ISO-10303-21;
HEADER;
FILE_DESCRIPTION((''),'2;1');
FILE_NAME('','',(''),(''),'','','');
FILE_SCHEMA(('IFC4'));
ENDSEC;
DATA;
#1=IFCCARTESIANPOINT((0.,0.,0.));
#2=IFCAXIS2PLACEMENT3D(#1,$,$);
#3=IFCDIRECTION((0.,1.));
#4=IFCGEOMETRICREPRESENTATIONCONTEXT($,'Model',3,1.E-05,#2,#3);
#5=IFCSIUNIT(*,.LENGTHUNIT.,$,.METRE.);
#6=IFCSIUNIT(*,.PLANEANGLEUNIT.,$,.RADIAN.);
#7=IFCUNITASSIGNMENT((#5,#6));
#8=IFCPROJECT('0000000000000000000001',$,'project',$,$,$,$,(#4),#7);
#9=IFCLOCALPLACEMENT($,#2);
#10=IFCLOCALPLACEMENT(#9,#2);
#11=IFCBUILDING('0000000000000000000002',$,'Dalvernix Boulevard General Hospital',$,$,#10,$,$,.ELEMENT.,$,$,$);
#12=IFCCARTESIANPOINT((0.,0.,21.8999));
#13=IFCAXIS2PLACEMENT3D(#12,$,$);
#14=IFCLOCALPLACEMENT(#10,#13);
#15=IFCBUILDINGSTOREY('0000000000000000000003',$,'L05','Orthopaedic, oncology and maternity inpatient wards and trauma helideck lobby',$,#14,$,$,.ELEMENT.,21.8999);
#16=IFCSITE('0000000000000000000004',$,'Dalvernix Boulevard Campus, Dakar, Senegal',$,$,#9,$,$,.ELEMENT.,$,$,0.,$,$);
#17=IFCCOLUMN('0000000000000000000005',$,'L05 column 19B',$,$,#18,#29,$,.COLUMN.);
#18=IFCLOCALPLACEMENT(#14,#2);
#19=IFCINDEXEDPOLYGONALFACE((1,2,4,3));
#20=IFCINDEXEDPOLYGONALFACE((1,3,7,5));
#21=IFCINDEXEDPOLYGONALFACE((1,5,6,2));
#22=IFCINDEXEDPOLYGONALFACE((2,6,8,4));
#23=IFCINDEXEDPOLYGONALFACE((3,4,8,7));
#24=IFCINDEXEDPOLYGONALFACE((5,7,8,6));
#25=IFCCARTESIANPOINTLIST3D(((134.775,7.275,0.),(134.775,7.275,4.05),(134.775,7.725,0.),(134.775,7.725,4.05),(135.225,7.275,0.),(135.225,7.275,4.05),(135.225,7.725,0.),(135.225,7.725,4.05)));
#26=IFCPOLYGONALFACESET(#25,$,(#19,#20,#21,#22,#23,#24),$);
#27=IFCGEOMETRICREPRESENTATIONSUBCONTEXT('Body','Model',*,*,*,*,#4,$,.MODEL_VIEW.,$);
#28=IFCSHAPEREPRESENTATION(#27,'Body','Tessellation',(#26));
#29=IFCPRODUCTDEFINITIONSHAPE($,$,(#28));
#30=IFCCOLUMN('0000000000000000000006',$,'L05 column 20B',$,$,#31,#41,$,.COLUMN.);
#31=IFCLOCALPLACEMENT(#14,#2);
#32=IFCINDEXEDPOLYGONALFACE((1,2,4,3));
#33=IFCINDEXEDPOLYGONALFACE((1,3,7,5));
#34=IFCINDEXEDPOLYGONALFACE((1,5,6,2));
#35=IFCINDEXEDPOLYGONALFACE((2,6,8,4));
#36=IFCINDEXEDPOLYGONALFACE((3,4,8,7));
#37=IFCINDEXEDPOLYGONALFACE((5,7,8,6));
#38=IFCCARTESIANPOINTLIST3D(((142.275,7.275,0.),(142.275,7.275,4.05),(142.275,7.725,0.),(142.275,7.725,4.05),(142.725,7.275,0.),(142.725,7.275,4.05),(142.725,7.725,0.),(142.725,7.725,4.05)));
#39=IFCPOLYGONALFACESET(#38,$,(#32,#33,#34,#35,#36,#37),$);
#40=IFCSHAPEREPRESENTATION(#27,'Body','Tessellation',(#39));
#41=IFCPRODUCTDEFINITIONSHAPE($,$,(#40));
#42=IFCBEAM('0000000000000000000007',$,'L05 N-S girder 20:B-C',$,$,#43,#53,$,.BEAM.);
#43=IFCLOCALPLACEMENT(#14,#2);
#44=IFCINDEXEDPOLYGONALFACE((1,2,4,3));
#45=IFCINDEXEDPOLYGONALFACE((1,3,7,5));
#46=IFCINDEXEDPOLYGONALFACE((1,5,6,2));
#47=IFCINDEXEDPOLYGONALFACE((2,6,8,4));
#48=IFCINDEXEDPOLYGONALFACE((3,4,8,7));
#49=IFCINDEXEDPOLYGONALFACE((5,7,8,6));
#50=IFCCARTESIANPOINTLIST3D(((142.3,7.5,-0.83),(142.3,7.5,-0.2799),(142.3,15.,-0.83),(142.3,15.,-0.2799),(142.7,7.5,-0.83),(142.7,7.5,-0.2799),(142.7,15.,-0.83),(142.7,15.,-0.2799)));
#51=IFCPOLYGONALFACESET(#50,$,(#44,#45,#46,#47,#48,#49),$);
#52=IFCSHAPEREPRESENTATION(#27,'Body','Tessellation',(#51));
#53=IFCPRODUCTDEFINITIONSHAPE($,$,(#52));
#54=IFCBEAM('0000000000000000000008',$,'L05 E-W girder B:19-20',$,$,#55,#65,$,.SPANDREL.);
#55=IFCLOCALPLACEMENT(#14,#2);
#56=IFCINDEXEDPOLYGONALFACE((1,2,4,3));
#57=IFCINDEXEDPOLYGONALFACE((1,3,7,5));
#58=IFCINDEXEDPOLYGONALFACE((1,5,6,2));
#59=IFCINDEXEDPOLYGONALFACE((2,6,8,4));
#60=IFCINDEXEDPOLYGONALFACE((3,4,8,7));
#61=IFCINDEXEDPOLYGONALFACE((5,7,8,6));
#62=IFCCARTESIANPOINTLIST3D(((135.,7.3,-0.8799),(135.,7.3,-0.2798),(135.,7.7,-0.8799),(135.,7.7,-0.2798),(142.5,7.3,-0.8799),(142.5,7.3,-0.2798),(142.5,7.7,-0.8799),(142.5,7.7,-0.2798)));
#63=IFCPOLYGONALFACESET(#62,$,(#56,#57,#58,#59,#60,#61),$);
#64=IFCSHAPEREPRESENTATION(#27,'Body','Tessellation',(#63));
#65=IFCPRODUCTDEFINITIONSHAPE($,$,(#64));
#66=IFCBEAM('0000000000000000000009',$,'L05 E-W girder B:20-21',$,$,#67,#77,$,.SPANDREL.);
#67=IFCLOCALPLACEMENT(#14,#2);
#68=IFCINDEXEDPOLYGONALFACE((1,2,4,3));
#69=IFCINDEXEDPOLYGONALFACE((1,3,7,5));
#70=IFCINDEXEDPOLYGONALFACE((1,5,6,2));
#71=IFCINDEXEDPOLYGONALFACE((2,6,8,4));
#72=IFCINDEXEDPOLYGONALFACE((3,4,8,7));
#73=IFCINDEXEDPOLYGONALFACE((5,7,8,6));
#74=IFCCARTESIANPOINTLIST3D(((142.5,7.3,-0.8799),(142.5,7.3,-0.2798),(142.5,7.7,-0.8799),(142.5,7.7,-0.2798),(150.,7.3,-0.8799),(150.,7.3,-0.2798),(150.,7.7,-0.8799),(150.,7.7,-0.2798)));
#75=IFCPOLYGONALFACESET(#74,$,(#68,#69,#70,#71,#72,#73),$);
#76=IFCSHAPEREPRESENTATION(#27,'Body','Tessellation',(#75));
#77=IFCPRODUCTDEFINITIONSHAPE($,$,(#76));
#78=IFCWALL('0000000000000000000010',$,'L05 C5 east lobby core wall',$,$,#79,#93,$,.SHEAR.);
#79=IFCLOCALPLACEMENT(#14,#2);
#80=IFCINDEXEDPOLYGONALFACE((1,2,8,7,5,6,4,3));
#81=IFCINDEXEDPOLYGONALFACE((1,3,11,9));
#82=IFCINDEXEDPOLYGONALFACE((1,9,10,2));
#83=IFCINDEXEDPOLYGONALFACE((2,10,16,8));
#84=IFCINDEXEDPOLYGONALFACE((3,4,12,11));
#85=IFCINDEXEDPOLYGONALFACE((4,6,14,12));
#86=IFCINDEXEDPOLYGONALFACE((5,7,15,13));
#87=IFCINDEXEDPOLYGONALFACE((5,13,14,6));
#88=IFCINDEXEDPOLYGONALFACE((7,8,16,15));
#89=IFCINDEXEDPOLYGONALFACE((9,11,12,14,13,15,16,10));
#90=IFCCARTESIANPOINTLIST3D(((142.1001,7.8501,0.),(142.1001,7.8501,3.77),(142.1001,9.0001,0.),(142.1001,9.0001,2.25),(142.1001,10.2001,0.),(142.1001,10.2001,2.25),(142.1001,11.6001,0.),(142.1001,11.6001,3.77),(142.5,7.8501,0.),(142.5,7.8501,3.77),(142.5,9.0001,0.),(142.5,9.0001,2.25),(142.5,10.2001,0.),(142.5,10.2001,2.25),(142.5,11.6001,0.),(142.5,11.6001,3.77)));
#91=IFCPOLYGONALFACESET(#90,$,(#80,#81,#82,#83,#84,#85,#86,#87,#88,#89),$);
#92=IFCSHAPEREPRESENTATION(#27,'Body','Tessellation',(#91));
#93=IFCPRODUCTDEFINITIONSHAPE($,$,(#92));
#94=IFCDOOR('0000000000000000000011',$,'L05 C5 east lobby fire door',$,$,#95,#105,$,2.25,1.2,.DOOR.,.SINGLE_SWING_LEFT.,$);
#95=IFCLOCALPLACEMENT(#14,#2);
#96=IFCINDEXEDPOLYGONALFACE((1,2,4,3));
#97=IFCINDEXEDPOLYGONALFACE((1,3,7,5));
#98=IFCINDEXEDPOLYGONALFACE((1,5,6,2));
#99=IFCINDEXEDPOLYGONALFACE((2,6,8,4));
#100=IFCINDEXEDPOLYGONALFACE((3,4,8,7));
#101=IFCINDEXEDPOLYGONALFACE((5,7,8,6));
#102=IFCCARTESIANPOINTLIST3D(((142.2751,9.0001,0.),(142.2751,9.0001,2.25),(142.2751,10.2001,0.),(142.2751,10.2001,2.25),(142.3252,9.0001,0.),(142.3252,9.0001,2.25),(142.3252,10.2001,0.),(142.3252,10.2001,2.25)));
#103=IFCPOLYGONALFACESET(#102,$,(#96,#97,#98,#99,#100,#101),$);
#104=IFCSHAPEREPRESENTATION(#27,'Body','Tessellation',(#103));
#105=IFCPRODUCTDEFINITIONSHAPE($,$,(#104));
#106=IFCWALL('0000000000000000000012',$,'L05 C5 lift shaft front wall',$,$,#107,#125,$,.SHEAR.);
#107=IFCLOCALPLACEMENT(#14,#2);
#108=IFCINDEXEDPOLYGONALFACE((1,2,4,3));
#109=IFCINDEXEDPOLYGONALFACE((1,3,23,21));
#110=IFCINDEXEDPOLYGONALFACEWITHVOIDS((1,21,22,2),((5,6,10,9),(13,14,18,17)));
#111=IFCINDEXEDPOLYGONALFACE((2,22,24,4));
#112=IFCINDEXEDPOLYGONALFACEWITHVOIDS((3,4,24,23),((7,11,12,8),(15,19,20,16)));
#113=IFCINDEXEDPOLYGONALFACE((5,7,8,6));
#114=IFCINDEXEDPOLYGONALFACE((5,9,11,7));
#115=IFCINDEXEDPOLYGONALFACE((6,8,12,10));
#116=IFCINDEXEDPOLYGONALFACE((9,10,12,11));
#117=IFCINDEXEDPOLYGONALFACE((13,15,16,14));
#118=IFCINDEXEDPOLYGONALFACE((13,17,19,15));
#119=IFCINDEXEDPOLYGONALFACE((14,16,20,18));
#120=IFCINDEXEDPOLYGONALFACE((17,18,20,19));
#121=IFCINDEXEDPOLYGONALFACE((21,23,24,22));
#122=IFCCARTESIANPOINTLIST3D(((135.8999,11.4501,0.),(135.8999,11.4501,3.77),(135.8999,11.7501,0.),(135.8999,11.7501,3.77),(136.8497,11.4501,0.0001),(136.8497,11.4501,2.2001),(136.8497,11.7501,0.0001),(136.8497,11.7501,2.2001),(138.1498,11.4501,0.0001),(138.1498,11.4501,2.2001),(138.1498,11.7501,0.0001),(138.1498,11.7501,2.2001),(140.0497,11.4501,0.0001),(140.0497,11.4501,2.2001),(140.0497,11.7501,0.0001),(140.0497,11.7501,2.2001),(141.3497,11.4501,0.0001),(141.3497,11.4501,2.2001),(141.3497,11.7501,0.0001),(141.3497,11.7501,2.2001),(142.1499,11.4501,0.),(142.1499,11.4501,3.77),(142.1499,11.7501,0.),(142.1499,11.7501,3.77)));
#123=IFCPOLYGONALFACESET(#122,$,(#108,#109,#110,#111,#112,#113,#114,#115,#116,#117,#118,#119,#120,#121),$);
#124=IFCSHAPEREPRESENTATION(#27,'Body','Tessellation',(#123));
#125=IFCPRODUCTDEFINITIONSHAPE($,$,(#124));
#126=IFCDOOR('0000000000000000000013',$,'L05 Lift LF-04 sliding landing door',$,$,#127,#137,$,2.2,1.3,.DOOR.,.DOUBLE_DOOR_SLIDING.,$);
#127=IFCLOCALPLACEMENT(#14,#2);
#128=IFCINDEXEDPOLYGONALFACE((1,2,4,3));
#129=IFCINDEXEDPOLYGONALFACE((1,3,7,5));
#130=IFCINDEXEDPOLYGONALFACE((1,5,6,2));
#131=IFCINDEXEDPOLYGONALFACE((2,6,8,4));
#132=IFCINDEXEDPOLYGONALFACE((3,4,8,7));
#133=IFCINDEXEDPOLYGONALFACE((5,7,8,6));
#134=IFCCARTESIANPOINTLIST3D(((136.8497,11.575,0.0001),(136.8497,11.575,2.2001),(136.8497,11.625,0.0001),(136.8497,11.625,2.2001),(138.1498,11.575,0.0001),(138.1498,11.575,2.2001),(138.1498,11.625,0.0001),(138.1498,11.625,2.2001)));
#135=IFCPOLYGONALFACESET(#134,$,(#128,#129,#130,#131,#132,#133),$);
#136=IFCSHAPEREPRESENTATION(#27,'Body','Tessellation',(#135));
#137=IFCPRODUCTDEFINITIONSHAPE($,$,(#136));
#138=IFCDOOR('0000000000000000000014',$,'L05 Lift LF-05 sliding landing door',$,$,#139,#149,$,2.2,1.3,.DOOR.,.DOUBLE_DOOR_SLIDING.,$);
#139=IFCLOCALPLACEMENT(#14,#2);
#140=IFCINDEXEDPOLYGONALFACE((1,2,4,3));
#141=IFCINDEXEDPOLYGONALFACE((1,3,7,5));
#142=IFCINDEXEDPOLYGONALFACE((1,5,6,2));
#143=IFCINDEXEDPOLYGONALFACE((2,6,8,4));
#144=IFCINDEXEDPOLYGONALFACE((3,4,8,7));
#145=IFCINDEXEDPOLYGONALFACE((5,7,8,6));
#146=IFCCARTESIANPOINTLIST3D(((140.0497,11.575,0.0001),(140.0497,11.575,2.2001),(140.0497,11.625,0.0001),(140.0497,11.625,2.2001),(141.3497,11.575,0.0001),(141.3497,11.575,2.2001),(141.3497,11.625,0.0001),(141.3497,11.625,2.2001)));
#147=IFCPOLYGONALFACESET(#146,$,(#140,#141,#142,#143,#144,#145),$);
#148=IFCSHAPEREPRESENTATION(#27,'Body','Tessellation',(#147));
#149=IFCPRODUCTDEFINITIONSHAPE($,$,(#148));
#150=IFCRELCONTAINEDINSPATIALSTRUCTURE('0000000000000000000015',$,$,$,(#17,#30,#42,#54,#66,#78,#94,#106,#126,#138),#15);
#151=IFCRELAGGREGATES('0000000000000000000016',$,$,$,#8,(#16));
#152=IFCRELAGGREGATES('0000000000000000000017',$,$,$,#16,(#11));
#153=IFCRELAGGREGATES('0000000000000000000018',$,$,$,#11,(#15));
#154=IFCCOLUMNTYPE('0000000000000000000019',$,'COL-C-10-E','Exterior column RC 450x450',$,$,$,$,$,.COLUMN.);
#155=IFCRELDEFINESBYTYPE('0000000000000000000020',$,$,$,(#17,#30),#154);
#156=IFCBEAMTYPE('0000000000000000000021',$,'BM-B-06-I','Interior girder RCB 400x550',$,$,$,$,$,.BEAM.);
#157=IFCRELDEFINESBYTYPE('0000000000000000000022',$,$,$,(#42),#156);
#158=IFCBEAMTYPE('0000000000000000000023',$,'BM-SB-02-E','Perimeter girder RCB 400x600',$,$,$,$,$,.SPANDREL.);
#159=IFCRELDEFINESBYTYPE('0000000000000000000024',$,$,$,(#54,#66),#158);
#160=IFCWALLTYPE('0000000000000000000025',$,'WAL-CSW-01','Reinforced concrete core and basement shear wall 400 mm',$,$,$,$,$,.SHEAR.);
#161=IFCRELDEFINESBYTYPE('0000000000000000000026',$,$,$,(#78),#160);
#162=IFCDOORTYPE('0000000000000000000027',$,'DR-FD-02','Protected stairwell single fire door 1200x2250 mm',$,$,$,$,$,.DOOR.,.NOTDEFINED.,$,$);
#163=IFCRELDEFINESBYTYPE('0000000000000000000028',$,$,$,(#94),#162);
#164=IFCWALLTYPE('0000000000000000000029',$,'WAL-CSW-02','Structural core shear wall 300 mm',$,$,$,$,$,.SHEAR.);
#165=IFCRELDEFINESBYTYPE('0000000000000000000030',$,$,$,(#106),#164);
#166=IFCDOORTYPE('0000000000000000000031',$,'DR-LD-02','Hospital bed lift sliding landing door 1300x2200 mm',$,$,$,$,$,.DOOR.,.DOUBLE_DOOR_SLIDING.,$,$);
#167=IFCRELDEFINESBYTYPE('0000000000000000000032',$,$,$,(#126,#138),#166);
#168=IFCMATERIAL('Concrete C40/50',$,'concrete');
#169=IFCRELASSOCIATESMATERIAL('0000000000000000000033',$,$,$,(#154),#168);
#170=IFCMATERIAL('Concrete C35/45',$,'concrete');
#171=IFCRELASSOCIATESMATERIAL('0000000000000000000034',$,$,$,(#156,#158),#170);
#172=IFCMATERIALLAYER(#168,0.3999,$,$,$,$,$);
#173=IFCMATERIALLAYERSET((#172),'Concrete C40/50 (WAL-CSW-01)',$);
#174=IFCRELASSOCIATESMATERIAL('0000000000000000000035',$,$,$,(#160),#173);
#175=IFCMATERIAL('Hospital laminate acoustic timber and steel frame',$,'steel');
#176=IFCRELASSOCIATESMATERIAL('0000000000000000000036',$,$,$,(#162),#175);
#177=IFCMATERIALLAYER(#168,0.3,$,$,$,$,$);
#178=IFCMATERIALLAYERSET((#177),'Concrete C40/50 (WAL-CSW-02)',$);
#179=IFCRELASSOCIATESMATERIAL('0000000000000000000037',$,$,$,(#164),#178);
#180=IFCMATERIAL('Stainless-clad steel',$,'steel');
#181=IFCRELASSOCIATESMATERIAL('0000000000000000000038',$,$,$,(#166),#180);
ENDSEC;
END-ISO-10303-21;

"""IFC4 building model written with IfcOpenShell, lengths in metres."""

from ifc_helpers import new_model, si_unit, direction, frame, frame_2d, origin, origin_2d, place, context, subcontext, project, spatial, rectangle, extrude, material, layer, layer_set, material_profile, profile_set, type_object, element, fill, save


model = new_model("IFC4")

# Units and contexts
model_context = context("Model", 3, precision=1e-05, world=origin(), true_north=direction((0.0, 1.0)))
body_context = subcontext(model_context, "Body", "Model", "MODEL_VIEW")
ifc_project = project(units=[si_unit("LENGTHUNIT", "METRE"), si_unit("PLANEANGLEUNIT", "RADIAN")], contexts=[model_context])

# Site, building, storey
site_placement = place(None, origin())
site = spatial("IfcSite", under=ifc_project, at=site_placement, Name="Dalvernix Boulevard Campus, Dakar, Senegal", CompositionType="ELEMENT", RefElevation=0.0)
building_placement = place(site_placement, origin())
building = spatial("IfcBuilding", under=site, at=building_placement, Name="Dalvernix Boulevard General Hospital", CompositionType="ELEMENT")
storey_placement = place(building_placement, frame((0.0, 0.0, 21.8999)))
storey = spatial("IfcBuildingStorey", under=building, at=storey_placement, Name="L05", Description="Orthopaedic, oncology and maternity inpatient wards and trauma helideck lobby", CompositionType="ELEMENT", Elevation=21.8999)

# Columns
ifc_material_1 = material(Name="Concrete C40/50", Category="concrete")
ifc_material_profile_1 = material_profile(ifc_material_1, rectangle(XDim=0.45, YDim=0.45, at=origin_2d()), Name="RC 450x450")
ifc_profile_set_1 = profile_set([ifc_material_profile_1], Name="Concrete C40/50")
column_type = type_object("IfcColumnType", Name="COL-C-10-E", Description="Exterior column RC 450x450", PredefinedType="COLUMN", material=ifc_profile_set_1)
for number, where, z_axis, x_axis, name in (
    (1, (135.0, 7.5, 0.0), (0.0, 0.0, 1.0), (1.0, 0.0, 0.0), "L05 column 19B"),
    (2, (142.5, 7.5, 0.0), (0.0, 0.0, 1.0), (1.0, 0.0, 0.0), "L05 column 20B"),
):
    element("IfcColumn", number, at=place(storey_placement, frame(where, z_axis=z_axis, x_axis=x_axis)), inside=storey, type_object=column_type, Name=name, PredefinedType="COLUMN", context=body_context, shape_type="SweptSolid", body=[
        extrude(rectangle(XDim=0.45, YDim=0.45, at=origin_2d()), origin(), (0.0, 0.0, 1.0), 4.05),
    ])

# Beams
ifc_material_2 = material(Name="Concrete C35/45", Category="concrete")
ifc_material_profile_2 = material_profile(ifc_material_2, rectangle(XDim=0.3999, YDim=0.55, at=origin_2d()), Name="RCB 400x550")
ifc_profile_set_2 = profile_set([ifc_material_profile_2], Name="Concrete C35/45")
beam_type_1 = type_object("IfcBeamType", Name="BM-B-06-I", Description="Interior girder RCB 400x550", PredefinedType="BEAM", material=ifc_profile_set_2)
beam_placement = place(storey_placement, frame((142.5, 7.5, -0.5549), z_axis=(0.0, 1.0, 0.0), x_axis=(-1.0, 0.0, 0.0)))
element("IfcBeam", 3, at=beam_placement, inside=storey, type_object=beam_type_1, Name="L05 N-S girder 20:B-C", PredefinedType="BEAM", context=body_context, shape_type="SweptSolid", body=[
    extrude(rectangle(XDim=0.3999, YDim=0.55, at=origin_2d()), origin(), (0.0, 0.0, 1.0), 7.5),
])
ifc_material_profile_3 = material_profile(ifc_material_2, rectangle(XDim=0.3999, YDim=0.6001, at=origin_2d()), Name="RCB 400x600")
ifc_profile_set_3 = profile_set([ifc_material_profile_3], Name="Concrete C35/45")
beam_type_2 = type_object("IfcBeamType", Name="BM-SB-02-E", Description="Perimeter girder RCB 400x600", PredefinedType="SPANDREL", material=ifc_profile_set_3)
for number, where, z_axis, x_axis, name in (
    (4, (135.0, 7.5, -0.5798), (1.0, 0.0, 0.0), (0.0, 1.0, 0.0), "L05 E-W girder B:19-20"),
    (5, (142.5, 7.5, -0.5798), (1.0, 0.0, 0.0), (0.0, 1.0, 0.0), "L05 E-W girder B:20-21"),
):
    element("IfcBeam", number, at=place(storey_placement, frame(where, z_axis=z_axis, x_axis=x_axis)), inside=storey, type_object=beam_type_2, Name=name, PredefinedType="SPANDREL", context=body_context, shape_type="SweptSolid", body=[
        extrude(rectangle(XDim=0.3999, YDim=0.6001, at=origin_2d()), origin(), (0.0, 0.0, 1.0), 7.5),
    ])

# Wall, opening, door
ifc_layer_1 = layer(ifc_material_1, 0.3999)
ifc_layer_set_1 = layer_set([ifc_layer_1], Name="Concrete C40/50 (WAL-CSW-01)")
wall_type_1 = type_object("IfcWallType", Name="WAL-CSW-01", Description="Reinforced concrete core and basement shear wall 400 mm", PredefinedType="SHEAR", material=ifc_layer_set_1)
wall_1_placement = place(storey_placement, frame((142.3, 7.8501, 0.0), z_axis=(0.0, 0.0, 1.0), x_axis=(0.0, 1.0, 0.0)))
wall_1 = element("IfcWall", 6, at=wall_1_placement, inside=storey, type_object=wall_type_1, Name="L05 C5 east lobby core wall", PredefinedType="SHEAR", context=body_context, shape_type="SweptSolid", body=[
    extrude(rectangle(XDim=3.75, YDim=0.3999, at=frame_2d((1.875, 0.0))), origin(), (0.0, 0.0, 1.0), 3.77),
])
opening_1_placement = place(wall_1_placement, frame((1.1499, 0.0, 0.0)))
opening_1 = element("IfcOpeningElement", 7, at=opening_1_placement, cuts=wall_1, PredefinedType="OPENING", context=body_context, shape_type="SweptSolid", body=[
    extrude(rectangle(XDim=1.2, YDim=2.25, at=frame_2d((0.6001, 1.125))), frame((0.0, 0.21, 0.0), z_axis=(0.0, -1.0, 0.0), x_axis=(1.0, 0.0, 0.0)), (0.0, 0.0, 1.0), 0.4199),
])
ifc_material_3 = material(Name="Hospital laminate acoustic timber and steel frame", Category="steel")
door_type_1 = type_object("IfcDoorType", Name="DR-FD-02", Description="Protected stairwell single fire door 1200x2250 mm", OperationType="NOTDEFINED", PredefinedType="DOOR", material=ifc_material_3)
door_1_placement = place(opening_1_placement, origin())
door_1 = element("IfcDoor", 8, at=door_1_placement, inside=storey, type_object=door_type_1, Name="L05 C5 east lobby fire door", OperationType="SINGLE_SWING_LEFT", OverallHeight=2.25, OverallWidth=1.2, PredefinedType="DOOR", context=body_context, shape_type="SweptSolid", body=[
    extrude(rectangle(XDim=1.2, YDim=2.25, at=frame_2d((0.6001, 1.125))), frame((0.0, 0.0249, 0.0), z_axis=(0.0, -1.0, 0.0), x_axis=(1.0, 0.0, 0.0)), (0.0, 0.0, 1.0), 0.05),
])
fill(opening_1, door_1)

# Wall, openings, doors
ifc_layer_2 = layer(ifc_material_1, 0.3)
ifc_layer_set_2 = layer_set([ifc_layer_2], Name="Concrete C40/50 (WAL-CSW-02)")
wall_type_2 = type_object("IfcWallType", Name="WAL-CSW-02", Description="Structural core shear wall 300 mm", PredefinedType="SHEAR", material=ifc_layer_set_2)
wall_2_placement = place(storey_placement, frame((135.8999, 11.6001, 0.0), z_axis=(0.0, 0.0, 1.0), x_axis=(1.0, 0.0, 0.0)))
wall_2 = element("IfcWall", 9, at=wall_2_placement, inside=storey, type_object=wall_type_2, Name="L05 C5 lift shaft front wall", PredefinedType="SHEAR", context=body_context, shape_type="SweptSolid", body=[
    extrude(rectangle(XDim=6.25, YDim=0.3, at=frame_2d((3.125, 0.0))), origin(), (0.0, 0.0, 1.0), 3.77),
])
opening_2_placement = place(wall_2_placement, frame((0.95, 0.0, 0.0)))
opening_2 = element("IfcOpeningElement", 10, at=opening_2_placement, cuts=wall_2, PredefinedType="OPENING", context=body_context, shape_type="SweptSolid", body=[
    extrude(rectangle(XDim=1.3, YDim=2.2, at=frame_2d((0.6499, 1.1001))), frame((0.0, 0.1599, 0.0), z_axis=(0.0, -1.0, 0.0), x_axis=(1.0, 0.0, 0.0)), (0.0, 0.0, 1.0), 0.3201),
])
opening_3_placement = place(wall_2_placement, frame((4.1499, 0.0, 0.0)))
opening_3 = element("IfcOpeningElement", 11, at=opening_3_placement, cuts=wall_2, PredefinedType="OPENING", context=body_context, shape_type="SweptSolid", body=[
    extrude(rectangle(XDim=1.3, YDim=2.2, at=frame_2d((0.6499, 1.1001))), frame((0.0, 0.1599, 0.0), z_axis=(0.0, -1.0, 0.0), x_axis=(1.0, 0.0, 0.0)), (0.0, 0.0, 1.0), 0.3201),
])
ifc_material_4 = material(Name="Stainless-clad steel", Category="steel")
door_type_2 = type_object("IfcDoorType", Name="DR-LD-02", Description="Hospital bed lift sliding landing door 1300x2200 mm", OperationType="DOUBLE_DOOR_SLIDING", PredefinedType="DOOR", material=ifc_material_4)
door_2_placement = place(opening_2_placement, origin())
door_2 = element("IfcDoor", 12, at=door_2_placement, inside=storey, type_object=door_type_2, Name="L05 Lift LF-04 sliding landing door", OperationType="DOUBLE_DOOR_SLIDING", OverallHeight=2.2, OverallWidth=1.3, PredefinedType="DOOR", context=body_context, shape_type="SweptSolid", body=[
    extrude(rectangle(XDim=1.3, YDim=2.2, at=frame_2d((0.6499, 1.1001))), frame((0.0, 0.0249, 0.0), z_axis=(0.0, -1.0, 0.0), x_axis=(1.0, 0.0, 0.0)), (0.0, 0.0, 1.0), 0.05),
])
fill(opening_2, door_2)
door_3_placement = place(opening_3_placement, origin())
door_3 = element("IfcDoor", 13, at=door_3_placement, inside=storey, type_object=door_type_2, Name="L05 Lift LF-05 sliding landing door", OperationType="DOUBLE_DOOR_SLIDING", OverallHeight=2.2, OverallWidth=1.3, PredefinedType="DOOR", context=body_context, shape_type="SweptSolid", body=[
    extrude(rectangle(XDim=1.3, YDim=2.2, at=frame_2d((0.6499, 1.1001))), frame((0.0, 0.0249, 0.0), z_axis=(0.0, -1.0, 0.0), x_axis=(1.0, 0.0, 0.0)), (0.0, 0.0, 1.0), 0.05),
])
fill(opening_3, door_3)

save(model, "model.ifc")
